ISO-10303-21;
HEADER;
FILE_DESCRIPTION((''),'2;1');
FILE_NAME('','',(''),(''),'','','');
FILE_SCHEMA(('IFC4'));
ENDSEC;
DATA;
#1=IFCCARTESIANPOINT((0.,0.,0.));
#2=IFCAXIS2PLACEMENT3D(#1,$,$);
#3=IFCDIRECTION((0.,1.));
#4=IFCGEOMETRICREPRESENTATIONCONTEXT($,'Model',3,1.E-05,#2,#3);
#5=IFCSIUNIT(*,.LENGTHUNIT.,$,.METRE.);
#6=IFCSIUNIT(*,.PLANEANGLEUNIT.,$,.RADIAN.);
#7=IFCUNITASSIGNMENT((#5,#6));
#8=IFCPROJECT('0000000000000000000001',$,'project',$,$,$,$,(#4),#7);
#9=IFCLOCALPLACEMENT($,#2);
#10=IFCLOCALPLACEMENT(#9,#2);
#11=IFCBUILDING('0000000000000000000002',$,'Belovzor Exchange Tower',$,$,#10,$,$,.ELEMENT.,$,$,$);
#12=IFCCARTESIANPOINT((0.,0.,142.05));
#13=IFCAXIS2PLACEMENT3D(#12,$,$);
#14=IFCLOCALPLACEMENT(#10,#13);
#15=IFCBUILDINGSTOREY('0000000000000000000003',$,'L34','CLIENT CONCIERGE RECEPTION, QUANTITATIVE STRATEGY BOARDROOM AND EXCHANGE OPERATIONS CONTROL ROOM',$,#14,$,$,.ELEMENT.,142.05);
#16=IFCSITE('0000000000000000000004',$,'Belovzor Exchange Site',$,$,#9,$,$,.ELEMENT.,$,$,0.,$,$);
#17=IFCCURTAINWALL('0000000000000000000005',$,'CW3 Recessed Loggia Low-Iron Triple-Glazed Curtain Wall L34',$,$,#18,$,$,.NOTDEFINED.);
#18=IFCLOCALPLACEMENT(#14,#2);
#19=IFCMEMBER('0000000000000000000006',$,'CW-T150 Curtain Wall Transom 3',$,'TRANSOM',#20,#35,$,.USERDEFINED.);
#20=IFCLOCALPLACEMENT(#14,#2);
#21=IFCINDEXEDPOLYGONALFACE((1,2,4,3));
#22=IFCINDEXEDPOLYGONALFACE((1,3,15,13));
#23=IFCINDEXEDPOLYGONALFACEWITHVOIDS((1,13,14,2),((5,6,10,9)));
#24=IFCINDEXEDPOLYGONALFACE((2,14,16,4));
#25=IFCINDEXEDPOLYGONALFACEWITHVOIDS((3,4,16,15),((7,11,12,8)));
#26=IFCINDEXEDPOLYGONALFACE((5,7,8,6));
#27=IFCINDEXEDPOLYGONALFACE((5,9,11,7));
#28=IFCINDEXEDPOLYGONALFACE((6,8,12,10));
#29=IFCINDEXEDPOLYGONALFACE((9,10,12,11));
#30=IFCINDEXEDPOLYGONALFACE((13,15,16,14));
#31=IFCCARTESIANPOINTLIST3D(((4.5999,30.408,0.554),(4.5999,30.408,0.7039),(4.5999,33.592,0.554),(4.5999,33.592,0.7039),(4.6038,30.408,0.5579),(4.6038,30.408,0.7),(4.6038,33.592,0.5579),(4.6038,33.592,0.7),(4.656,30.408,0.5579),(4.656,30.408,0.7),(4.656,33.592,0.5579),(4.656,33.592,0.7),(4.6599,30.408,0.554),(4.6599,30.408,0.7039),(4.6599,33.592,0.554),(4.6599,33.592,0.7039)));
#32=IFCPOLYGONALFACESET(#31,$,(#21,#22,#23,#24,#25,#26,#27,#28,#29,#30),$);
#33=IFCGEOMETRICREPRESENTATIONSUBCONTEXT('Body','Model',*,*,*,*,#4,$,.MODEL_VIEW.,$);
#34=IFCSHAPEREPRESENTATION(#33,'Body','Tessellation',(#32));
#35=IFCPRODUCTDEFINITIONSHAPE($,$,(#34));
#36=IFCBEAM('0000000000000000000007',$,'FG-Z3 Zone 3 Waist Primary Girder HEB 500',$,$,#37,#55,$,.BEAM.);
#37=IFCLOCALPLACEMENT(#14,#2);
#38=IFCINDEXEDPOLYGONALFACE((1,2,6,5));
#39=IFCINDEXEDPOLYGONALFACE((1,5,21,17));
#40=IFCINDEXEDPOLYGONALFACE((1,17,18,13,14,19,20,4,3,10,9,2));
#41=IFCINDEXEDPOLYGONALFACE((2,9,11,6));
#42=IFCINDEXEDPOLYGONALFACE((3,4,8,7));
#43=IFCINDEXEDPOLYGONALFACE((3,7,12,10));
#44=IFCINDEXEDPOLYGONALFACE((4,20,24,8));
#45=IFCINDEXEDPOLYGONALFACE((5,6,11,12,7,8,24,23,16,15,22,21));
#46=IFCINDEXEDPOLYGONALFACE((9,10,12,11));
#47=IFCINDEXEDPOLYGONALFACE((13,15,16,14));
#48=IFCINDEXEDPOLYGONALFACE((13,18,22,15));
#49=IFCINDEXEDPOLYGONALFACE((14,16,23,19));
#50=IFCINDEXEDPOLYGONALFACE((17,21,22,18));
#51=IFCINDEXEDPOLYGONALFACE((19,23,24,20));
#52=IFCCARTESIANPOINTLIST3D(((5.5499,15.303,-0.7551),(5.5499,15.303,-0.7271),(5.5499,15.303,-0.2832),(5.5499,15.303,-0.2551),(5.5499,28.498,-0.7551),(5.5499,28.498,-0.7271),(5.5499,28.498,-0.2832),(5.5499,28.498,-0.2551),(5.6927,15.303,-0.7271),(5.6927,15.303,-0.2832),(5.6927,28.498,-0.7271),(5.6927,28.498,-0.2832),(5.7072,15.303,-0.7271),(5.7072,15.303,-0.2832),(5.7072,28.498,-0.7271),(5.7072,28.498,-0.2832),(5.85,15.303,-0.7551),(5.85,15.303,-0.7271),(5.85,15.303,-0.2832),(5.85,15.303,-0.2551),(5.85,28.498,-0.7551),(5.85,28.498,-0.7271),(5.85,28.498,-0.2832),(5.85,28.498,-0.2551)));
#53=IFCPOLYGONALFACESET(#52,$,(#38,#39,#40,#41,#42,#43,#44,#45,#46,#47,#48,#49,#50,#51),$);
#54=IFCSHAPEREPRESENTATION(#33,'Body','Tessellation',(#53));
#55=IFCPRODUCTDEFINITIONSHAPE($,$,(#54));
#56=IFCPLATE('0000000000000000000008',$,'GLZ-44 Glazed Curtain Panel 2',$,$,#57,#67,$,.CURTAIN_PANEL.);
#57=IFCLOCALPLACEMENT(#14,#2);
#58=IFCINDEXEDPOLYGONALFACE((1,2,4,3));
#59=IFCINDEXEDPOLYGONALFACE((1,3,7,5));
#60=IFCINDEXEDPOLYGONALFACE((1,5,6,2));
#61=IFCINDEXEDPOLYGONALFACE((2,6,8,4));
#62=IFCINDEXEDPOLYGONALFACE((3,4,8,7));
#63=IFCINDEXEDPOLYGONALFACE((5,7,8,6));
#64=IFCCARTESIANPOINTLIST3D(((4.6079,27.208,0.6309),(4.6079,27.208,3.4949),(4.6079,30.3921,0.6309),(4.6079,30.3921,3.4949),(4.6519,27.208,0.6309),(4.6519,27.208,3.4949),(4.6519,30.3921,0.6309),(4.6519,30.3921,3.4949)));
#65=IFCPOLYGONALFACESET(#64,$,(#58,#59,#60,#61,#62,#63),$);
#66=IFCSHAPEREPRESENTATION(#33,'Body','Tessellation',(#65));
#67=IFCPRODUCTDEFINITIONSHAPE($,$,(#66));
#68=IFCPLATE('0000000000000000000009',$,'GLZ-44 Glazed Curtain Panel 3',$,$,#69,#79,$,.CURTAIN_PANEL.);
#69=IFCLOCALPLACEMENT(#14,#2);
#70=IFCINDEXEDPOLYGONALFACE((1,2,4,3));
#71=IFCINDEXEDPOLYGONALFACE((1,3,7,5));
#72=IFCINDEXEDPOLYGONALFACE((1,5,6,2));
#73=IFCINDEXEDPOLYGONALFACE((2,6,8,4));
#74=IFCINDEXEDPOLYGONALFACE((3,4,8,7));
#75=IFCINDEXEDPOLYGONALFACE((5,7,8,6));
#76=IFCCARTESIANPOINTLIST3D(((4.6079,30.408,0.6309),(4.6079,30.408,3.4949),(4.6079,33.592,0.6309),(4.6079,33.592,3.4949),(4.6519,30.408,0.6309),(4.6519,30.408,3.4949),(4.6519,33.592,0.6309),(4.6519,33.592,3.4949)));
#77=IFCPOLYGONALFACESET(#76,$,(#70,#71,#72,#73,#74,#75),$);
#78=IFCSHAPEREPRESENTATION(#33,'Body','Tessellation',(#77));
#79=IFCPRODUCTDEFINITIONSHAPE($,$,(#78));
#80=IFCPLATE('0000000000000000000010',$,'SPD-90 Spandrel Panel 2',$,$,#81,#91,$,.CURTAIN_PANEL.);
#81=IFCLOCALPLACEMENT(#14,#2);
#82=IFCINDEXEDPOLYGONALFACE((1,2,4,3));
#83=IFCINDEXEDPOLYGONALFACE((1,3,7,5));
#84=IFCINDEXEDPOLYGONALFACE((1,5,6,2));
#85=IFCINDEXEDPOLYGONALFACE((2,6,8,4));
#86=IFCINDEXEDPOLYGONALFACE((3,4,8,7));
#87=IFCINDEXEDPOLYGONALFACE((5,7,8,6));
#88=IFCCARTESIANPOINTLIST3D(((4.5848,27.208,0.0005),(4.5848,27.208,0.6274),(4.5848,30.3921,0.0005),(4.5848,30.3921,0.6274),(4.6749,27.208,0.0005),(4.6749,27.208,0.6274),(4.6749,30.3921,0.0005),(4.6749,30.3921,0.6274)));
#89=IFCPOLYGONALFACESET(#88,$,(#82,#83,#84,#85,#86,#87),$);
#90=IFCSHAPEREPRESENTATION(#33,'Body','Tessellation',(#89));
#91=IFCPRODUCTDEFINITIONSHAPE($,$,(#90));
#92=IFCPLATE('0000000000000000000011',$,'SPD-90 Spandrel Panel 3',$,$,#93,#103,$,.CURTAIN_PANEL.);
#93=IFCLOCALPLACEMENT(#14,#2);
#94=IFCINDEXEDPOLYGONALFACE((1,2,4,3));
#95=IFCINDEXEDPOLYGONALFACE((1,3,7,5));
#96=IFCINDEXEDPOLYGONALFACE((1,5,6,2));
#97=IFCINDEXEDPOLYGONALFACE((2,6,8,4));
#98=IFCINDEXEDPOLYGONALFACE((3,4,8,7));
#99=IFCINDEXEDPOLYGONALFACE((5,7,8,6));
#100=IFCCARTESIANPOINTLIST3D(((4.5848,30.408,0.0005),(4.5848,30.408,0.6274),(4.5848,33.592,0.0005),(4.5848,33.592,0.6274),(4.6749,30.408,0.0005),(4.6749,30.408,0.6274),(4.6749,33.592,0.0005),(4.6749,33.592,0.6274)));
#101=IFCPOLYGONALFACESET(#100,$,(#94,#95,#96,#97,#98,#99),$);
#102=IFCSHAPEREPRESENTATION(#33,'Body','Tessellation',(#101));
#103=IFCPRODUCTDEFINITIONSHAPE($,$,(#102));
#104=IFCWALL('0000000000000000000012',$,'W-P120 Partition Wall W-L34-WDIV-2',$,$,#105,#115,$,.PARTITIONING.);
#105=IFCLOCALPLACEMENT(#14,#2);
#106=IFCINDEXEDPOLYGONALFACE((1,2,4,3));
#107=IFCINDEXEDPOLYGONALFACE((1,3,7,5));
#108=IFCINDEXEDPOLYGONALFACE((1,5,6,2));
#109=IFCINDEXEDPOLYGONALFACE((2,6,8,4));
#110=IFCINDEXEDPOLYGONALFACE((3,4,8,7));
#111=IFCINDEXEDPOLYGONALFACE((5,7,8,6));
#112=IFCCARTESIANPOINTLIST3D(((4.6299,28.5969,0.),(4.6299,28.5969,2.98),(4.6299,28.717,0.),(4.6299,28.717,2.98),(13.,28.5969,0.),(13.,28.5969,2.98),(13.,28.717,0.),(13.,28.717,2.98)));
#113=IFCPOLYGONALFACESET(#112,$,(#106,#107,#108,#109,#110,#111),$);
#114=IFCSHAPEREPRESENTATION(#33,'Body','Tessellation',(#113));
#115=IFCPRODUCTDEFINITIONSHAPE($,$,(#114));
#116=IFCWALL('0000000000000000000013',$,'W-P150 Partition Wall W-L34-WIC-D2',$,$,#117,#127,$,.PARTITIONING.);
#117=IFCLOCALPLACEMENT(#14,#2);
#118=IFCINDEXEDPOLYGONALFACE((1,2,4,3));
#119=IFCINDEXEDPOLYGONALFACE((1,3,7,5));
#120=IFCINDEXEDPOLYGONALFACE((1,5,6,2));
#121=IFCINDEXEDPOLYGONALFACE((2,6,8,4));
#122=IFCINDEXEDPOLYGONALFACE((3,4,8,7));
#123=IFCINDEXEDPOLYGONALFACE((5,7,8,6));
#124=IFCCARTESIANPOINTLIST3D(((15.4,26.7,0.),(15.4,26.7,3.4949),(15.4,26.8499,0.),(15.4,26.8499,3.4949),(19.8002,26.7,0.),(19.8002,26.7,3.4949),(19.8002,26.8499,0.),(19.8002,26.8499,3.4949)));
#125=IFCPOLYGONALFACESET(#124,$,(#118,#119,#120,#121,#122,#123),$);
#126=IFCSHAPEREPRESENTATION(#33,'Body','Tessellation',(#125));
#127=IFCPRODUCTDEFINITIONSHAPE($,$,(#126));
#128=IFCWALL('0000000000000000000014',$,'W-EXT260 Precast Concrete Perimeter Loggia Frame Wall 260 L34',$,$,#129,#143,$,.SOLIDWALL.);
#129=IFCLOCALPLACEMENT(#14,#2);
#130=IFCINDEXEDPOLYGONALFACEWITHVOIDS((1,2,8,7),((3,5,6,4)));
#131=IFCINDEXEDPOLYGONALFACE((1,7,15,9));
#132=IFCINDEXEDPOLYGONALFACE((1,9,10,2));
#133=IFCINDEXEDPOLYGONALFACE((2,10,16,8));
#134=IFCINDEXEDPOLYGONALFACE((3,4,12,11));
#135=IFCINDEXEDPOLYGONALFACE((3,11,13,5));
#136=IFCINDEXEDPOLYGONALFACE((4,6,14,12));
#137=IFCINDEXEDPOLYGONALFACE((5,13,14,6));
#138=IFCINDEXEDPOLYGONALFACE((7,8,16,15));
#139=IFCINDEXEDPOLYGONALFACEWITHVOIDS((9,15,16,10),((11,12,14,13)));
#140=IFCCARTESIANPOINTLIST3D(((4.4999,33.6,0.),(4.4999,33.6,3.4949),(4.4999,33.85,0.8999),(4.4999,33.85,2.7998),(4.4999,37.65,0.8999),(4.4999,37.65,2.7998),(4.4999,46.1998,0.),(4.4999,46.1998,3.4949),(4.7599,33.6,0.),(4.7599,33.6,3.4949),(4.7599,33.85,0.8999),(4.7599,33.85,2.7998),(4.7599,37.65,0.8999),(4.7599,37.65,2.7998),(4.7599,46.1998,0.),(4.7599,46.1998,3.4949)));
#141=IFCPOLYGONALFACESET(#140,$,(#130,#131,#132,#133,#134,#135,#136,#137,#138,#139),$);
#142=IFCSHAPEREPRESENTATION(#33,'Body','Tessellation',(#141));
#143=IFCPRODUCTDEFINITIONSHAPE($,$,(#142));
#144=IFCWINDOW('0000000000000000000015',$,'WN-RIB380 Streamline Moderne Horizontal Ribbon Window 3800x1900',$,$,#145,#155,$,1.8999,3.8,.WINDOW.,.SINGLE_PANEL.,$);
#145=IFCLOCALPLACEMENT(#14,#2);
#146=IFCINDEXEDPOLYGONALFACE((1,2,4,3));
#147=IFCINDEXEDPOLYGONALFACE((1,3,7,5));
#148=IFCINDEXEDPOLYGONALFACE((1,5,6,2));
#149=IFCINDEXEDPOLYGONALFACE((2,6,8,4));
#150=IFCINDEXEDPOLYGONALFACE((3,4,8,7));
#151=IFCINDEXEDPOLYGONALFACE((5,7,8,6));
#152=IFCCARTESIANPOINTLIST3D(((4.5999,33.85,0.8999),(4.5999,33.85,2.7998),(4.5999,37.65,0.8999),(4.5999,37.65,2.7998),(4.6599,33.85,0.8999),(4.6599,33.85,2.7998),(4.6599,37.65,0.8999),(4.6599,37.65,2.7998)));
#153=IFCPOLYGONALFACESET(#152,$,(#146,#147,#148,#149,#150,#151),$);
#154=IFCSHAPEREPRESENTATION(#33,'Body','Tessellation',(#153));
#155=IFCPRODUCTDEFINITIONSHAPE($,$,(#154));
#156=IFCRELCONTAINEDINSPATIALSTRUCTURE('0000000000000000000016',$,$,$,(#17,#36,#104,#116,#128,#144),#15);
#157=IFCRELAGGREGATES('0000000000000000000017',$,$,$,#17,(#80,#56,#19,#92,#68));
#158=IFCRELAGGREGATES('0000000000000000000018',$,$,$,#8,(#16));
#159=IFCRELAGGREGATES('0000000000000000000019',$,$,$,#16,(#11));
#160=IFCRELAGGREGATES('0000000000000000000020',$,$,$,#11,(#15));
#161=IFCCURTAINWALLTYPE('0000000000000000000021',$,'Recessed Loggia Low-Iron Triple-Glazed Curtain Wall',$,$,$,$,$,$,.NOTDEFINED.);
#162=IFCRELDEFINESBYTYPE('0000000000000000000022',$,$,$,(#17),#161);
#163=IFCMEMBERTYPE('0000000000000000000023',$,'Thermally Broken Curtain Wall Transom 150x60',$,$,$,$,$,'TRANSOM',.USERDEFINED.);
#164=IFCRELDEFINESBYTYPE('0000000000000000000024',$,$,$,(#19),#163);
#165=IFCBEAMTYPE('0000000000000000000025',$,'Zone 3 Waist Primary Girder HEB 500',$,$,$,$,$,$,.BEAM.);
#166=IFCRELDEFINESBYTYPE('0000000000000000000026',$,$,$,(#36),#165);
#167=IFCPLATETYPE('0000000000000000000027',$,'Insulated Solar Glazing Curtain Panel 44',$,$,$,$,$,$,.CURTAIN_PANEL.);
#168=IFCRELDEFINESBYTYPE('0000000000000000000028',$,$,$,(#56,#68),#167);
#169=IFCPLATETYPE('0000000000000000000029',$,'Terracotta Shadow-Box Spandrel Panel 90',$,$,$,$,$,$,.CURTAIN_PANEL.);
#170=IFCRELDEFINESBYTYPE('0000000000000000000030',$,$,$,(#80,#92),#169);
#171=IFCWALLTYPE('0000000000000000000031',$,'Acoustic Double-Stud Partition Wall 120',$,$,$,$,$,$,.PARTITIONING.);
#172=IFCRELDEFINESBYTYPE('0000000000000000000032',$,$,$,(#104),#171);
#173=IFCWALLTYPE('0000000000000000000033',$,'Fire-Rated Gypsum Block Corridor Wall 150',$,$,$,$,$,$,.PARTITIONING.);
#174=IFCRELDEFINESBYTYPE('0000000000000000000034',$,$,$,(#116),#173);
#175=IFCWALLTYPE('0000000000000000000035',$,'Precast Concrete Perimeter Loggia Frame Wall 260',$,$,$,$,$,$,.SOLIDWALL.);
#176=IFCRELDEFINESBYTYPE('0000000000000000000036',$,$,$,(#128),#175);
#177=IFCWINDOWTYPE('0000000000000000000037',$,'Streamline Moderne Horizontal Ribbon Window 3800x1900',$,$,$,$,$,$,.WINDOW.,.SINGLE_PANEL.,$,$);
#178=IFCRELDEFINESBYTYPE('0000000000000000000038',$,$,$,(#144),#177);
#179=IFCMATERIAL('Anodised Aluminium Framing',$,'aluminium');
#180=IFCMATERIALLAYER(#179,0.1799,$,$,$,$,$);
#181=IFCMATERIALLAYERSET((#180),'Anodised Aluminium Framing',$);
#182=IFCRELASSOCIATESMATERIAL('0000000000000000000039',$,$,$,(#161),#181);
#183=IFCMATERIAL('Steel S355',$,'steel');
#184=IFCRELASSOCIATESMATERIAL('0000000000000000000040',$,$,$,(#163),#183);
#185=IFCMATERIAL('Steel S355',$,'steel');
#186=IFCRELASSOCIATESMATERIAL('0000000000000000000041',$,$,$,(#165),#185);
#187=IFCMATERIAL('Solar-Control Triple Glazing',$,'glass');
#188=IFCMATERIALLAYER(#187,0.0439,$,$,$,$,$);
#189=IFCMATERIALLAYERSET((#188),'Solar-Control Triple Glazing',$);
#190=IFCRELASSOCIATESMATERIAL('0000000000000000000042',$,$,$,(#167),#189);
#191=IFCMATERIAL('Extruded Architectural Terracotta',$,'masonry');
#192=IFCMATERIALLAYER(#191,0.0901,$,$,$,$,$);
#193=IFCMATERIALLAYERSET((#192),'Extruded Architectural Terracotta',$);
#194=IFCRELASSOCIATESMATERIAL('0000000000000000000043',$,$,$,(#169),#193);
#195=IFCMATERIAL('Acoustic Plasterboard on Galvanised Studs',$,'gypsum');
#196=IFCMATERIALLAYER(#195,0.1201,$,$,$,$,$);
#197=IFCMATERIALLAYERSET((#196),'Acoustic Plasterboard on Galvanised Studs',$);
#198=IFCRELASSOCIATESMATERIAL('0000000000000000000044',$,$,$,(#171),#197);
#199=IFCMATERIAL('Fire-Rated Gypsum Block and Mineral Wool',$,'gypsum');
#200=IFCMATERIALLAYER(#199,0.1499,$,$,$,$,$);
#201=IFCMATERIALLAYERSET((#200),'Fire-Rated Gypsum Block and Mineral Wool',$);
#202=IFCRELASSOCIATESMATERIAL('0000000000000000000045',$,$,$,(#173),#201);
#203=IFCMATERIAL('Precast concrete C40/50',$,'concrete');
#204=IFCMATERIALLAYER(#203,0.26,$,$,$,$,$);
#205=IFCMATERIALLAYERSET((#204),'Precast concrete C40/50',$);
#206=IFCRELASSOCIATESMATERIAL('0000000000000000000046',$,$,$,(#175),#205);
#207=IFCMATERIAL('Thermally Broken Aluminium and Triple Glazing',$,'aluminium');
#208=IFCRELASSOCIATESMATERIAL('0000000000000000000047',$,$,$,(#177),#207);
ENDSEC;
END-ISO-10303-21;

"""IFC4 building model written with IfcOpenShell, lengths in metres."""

from ifc_helpers import new_model, si_unit, direction, frame, frame_2d, origin, origin_2d, place, context, subcontext, project, spatial, rectangle, hollow_rectangle, i_section, extrude, material, layer, layer_set, material_profile, profile_set, type_object, element, fill, aggregate, save


model = new_model("IFC4")

# Units and contexts
model_context = context("Model", 3, precision=1e-05, world=origin(), true_north=direction((0.0, 1.0)))
body_context = subcontext(model_context, "Body", "Model", "MODEL_VIEW")
ifc_project = project(units=[si_unit("LENGTHUNIT", "METRE"), si_unit("PLANEANGLEUNIT", "RADIAN")], contexts=[model_context])

# Site, building, storey
site_placement = place(None, origin())
site = spatial("IfcSite", under=ifc_project, at=site_placement, Name="Belovzor Exchange Site", CompositionType="ELEMENT", RefElevation=0.0)
building_placement = place(site_placement, origin())
building = spatial("IfcBuilding", under=site, at=building_placement, Name="Belovzor Exchange Tower", CompositionType="ELEMENT")
storey_placement = place(building_placement, frame((0.0, 0.0, 142.05)))
storey = spatial("IfcBuildingStorey", under=building, at=storey_placement, Name="L34", Description="CLIENT CONCIERGE RECEPTION, QUANTITATIVE STRATEGY BOARDROOM AND EXCHANGE OPERATIONS CONTROL ROOM", CompositionType="ELEMENT", Elevation=142.05)

# Curtain wall, member
ifc_material_1 = material(Name="Anodised Aluminium Framing", Category="aluminium")
ifc_layer_1 = layer(ifc_material_1, 0.1799)
ifc_layer_set_1 = layer_set([ifc_layer_1], Name="Anodised Aluminium Framing")
curtain_wall_type = type_object("IfcCurtainWallType", Name="Recessed Loggia Low-Iron Triple-Glazed Curtain Wall", PredefinedType="NOTDEFINED", material=ifc_layer_set_1)
curtain_wall_placement = place(storey_placement, origin())
curtain_wall = element("IfcCurtainWall", 1, at=curtain_wall_placement, inside=storey, type_object=curtain_wall_type, Name="CW3 Recessed Loggia Low-Iron Triple-Glazed Curtain Wall L34", PredefinedType="NOTDEFINED")
ifc_material_2 = material(Name="Steel S355", Category="steel")
ifc_material_profile_1 = material_profile(ifc_material_2, hollow_rectangle(XDim=0.0601, YDim=0.1499, WallThickness=0.0039, at=origin_2d()))
ifc_profile_set_1 = profile_set([ifc_material_profile_1], Name="Steel S355")
member_type_1 = type_object("IfcMemberType", Name="Thermally Broken Curtain Wall Transom 150x60", ElementType="TRANSOM", PredefinedType="USERDEFINED", material=ifc_profile_set_1)
member_1_placement = place(storey_placement, frame((4.6299, 30.408, 0.6289), z_axis=(0.0, 1.0, 0.0), x_axis=(-1.0, 0.0, 0.0)))
member_1 = element("IfcMember", 2, at=member_1_placement, type_object=member_type_1, Name="CW-T150 Curtain Wall Transom 3", ObjectType="TRANSOM", PredefinedType="USERDEFINED", context=body_context, shape_type="SweptSolid", body=[
    extrude(hollow_rectangle(XDim=0.0601, YDim=0.1499, WallThickness=0.0039, at=origin_2d()), origin(), (0.0, 0.0, 1.0), 3.1841),
])

# Beam
ifc_material_3 = material(Name="Steel S355", Category="steel")
ifc_material_profile_2 = material_profile(ifc_material_3, i_section(OverallWidth=0.3, OverallDepth=0.5, WebThickness=0.0144, FlangeThickness=0.0281, at=origin_2d()))
ifc_profile_set_2 = profile_set([ifc_material_profile_2], Name="Steel S355")
beam_type_1 = type_object("IfcBeamType", Name="Zone 3 Waist Primary Girder HEB 500", PredefinedType="BEAM", material=ifc_profile_set_2)
beam_1_placement = place(storey_placement, frame((5.7, 28.498, -0.5051), z_axis=(0.0, -1.0, 0.0), x_axis=(1.0, 0.0, 0.0)))
element("IfcBeam", 3, at=beam_1_placement, inside=storey, type_object=beam_type_1, Name="FG-Z3 Zone 3 Waist Primary Girder HEB 500", PredefinedType="BEAM", context=body_context, shape_type="SweptSolid", body=[
    extrude(i_section(OverallWidth=0.3, OverallDepth=0.5, WebThickness=0.0144, FlangeThickness=0.0281, at=origin_2d()), origin(), (0.0, 0.0, 1.0), 13.1951),
])

# Plates
ifc_material_4 = material(Name="Solar-Control Triple Glazing", Category="glass")
ifc_layer_2 = layer(ifc_material_4, 0.0439)
ifc_layer_set_2 = layer_set([ifc_layer_2], Name="Solar-Control Triple Glazing")
plate_type_1 = type_object("IfcPlateType", Name="Insulated Solar Glazing Curtain Panel 44", PredefinedType="CURTAIN_PANEL", material=ifc_layer_set_2)
plate_1_placement = place(storey_placement, frame((4.6299, 28.8, 0.6309), z_axis=(0.0, 0.0, 1.0), x_axis=(0.0, 1.0, 0.0)))
plate_1 = element("IfcPlate", 4, at=plate_1_placement, type_object=plate_type_1, Name="GLZ-44 Glazed Curtain Panel 2", PredefinedType="CURTAIN_PANEL", context=body_context, shape_type="SweptSolid", body=[
    extrude(rectangle(XDim=3.1841, YDim=0.0439, at=origin_2d()), origin(), (0.0, 0.0, 1.0), 2.864),
])
plate_2_placement = place(storey_placement, frame((4.6299, 32.0, 0.6309), z_axis=(0.0, 0.0, 1.0), x_axis=(0.0, 1.0, 0.0)))
plate_2 = element("IfcPlate", 5, at=plate_2_placement, type_object=plate_type_1, Name="GLZ-44 Glazed Curtain Panel 3", PredefinedType="CURTAIN_PANEL", context=body_context, shape_type="SweptSolid", body=[
    extrude(rectangle(XDim=3.1841, YDim=0.0439, at=origin_2d()), origin(), (0.0, 0.0, 1.0), 2.864),
])
ifc_material_5 = material(Name="Extruded Architectural Terracotta", Category="masonry")
ifc_layer_3 = layer(ifc_material_5, 0.0901)
ifc_layer_set_3 = layer_set([ifc_layer_3], Name="Extruded Architectural Terracotta")
plate_type_2 = type_object("IfcPlateType", Name="Terracotta Shadow-Box Spandrel Panel 90", PredefinedType="CURTAIN_PANEL", material=ifc_layer_set_3)
plate_3_placement = place(storey_placement, frame((4.6299, 28.8, 0.0005), z_axis=(0.0, 0.0, 1.0), x_axis=(0.0, 1.0, 0.0)))
plate_3 = element("IfcPlate", 6, at=plate_3_placement, type_object=plate_type_2, Name="SPD-90 Spandrel Panel 2", PredefinedType="CURTAIN_PANEL", context=body_context, shape_type="SweptSolid", body=[
    extrude(rectangle(XDim=3.1841, YDim=0.0901, at=origin_2d()), origin(), (0.0, 0.0, 1.0), 0.627),
])
plate_4_placement = place(storey_placement, frame((4.6299, 32.0, 0.0005), z_axis=(0.0, 0.0, 1.0), x_axis=(0.0, 1.0, 0.0)))
plate_4 = element("IfcPlate", 7, at=plate_4_placement, type_object=plate_type_2, Name="SPD-90 Spandrel Panel 3", PredefinedType="CURTAIN_PANEL", context=body_context, shape_type="SweptSolid", body=[
    extrude(rectangle(XDim=3.1841, YDim=0.0901, at=origin_2d()), origin(), (0.0, 0.0, 1.0), 0.627),
])
aggregate(curtain_wall, [plate_3, plate_1, member_1, plate_4, plate_2])

# Walls
ifc_material_6 = material(Name="Acoustic Plasterboard on Galvanised Studs", Category="gypsum")
ifc_layer_4 = layer(ifc_material_6, 0.1201)
ifc_layer_set_4 = layer_set([ifc_layer_4], Name="Acoustic Plasterboard on Galvanised Studs")
wall_type_1 = type_object("IfcWallType", Name="Acoustic Double-Stud Partition Wall 120", PredefinedType="PARTITIONING", material=ifc_layer_set_4)
wall_1_placement = place(storey_placement, frame((4.6299, 28.657, 0.0), z_axis=(0.0, 0.0, 1.0), x_axis=(1.0, 0.0, 0.0)))
element("IfcWall", 8, at=wall_1_placement, inside=storey, type_object=wall_type_1, Name="W-P120 Partition Wall W-L34-WDIV-2", PredefinedType="PARTITIONING", context=body_context, shape_type="SweptSolid", body=[
    extrude(rectangle(XDim=8.3701, YDim=0.1201, at=frame_2d((4.1851, 0.0))), origin(), (0.0, 0.0, 1.0), 2.98),
])
ifc_material_7 = material(Name="Fire-Rated Gypsum Block and Mineral Wool", Category="gypsum")
ifc_layer_5 = layer(ifc_material_7, 0.1499)
ifc_layer_set_5 = layer_set([ifc_layer_5], Name="Fire-Rated Gypsum Block and Mineral Wool")
wall_type_2 = type_object("IfcWallType", Name="Fire-Rated Gypsum Block Corridor Wall 150", PredefinedType="PARTITIONING", material=ifc_layer_set_5)
wall_2_placement = place(storey_placement, frame((15.3999, 26.7749, 0.0), z_axis=(0.0, 0.0, 1.0), x_axis=(1.0, 0.0, 0.0)))
element("IfcWall", 9, at=wall_2_placement, inside=storey, type_object=wall_type_2, Name="W-P150 Partition Wall W-L34-WIC-D2", PredefinedType="PARTITIONING", context=body_context, shape_type="SweptSolid", body=[
    extrude(rectangle(XDim=4.4001, YDim=0.1499, at=frame_2d((2.2002, 0.0))), origin(), (0.0, 0.0, 1.0), 3.4949),
])

# Wall, opening, window
ifc_material_8 = material(Name="Precast concrete C40/50", Category="concrete")
ifc_layer_6 = layer(ifc_material_8, 0.26)
ifc_layer_set_6 = layer_set([ifc_layer_6], Name="Precast concrete C40/50")
wall_type_3 = type_object("IfcWallType", Name="Precast Concrete Perimeter Loggia Frame Wall 260", PredefinedType="SOLIDWALL", material=ifc_layer_set_6)
wall_3_placement = place(storey_placement, frame((4.6299, 33.6001, 0.0), z_axis=(0.0, 0.0, 1.0), x_axis=(0.0, 1.0, 0.0)))
wall_3 = element("IfcWall", 10, at=wall_3_placement, inside=storey, type_object=wall_type_3, Name="W-EXT260 Precast Concrete Perimeter Loggia Frame Wall 260 L34", PredefinedType="SOLIDWALL", context=body_context, shape_type="SweptSolid", body=[
    extrude(rectangle(XDim=12.5999, YDim=0.26, at=frame_2d((6.2998, 0.0))), origin(), (0.0, 0.0, 1.0), 3.4949),
])
opening_placement = place(wall_3_placement, frame((0.25, 0.0, 0.8999)))
opening = element("IfcOpeningElement", 11, at=opening_placement, cuts=wall_3, PredefinedType="OPENING", context=body_context, shape_type="SweptSolid", body=[
    extrude(rectangle(XDim=3.8, YDim=1.8999, at=frame_2d((1.8999, 0.95))), frame((0.0, 0.1399, 0.0), z_axis=(0.0, -1.0, 0.0), x_axis=(1.0, 0.0, 0.0)), (0.0, 0.0, 1.0), 0.28),
])
ifc_material_9 = material(Name="Thermally Broken Aluminium and Triple Glazing", Category="aluminium")
window_type = type_object("IfcWindowType", Name="Streamline Moderne Horizontal Ribbon Window 3800x1900", PartitioningType="SINGLE_PANEL", PredefinedType="WINDOW", material=ifc_material_9)
window_placement = place(opening_placement, origin())
window = element("IfcWindow", 12, at=window_placement, inside=storey, type_object=window_type, Name="WN-RIB380 Streamline Moderne Horizontal Ribbon Window 3800x1900", OverallHeight=1.8999, OverallWidth=3.8, PartitioningType="SINGLE_PANEL", PredefinedType="WINDOW", context=body_context, shape_type="SweptSolid", body=[
    extrude(rectangle(XDim=3.8, YDim=1.8999, at=frame_2d((1.8999, 0.95))), frame((0.0, 0.03, 0.0), z_axis=(0.0, -1.0, 0.0), x_axis=(1.0, 0.0, 0.0)), (0.0, 0.0, 1.0), 0.0601),
])
fill(opening, window)

save(model, "model.ifc")
